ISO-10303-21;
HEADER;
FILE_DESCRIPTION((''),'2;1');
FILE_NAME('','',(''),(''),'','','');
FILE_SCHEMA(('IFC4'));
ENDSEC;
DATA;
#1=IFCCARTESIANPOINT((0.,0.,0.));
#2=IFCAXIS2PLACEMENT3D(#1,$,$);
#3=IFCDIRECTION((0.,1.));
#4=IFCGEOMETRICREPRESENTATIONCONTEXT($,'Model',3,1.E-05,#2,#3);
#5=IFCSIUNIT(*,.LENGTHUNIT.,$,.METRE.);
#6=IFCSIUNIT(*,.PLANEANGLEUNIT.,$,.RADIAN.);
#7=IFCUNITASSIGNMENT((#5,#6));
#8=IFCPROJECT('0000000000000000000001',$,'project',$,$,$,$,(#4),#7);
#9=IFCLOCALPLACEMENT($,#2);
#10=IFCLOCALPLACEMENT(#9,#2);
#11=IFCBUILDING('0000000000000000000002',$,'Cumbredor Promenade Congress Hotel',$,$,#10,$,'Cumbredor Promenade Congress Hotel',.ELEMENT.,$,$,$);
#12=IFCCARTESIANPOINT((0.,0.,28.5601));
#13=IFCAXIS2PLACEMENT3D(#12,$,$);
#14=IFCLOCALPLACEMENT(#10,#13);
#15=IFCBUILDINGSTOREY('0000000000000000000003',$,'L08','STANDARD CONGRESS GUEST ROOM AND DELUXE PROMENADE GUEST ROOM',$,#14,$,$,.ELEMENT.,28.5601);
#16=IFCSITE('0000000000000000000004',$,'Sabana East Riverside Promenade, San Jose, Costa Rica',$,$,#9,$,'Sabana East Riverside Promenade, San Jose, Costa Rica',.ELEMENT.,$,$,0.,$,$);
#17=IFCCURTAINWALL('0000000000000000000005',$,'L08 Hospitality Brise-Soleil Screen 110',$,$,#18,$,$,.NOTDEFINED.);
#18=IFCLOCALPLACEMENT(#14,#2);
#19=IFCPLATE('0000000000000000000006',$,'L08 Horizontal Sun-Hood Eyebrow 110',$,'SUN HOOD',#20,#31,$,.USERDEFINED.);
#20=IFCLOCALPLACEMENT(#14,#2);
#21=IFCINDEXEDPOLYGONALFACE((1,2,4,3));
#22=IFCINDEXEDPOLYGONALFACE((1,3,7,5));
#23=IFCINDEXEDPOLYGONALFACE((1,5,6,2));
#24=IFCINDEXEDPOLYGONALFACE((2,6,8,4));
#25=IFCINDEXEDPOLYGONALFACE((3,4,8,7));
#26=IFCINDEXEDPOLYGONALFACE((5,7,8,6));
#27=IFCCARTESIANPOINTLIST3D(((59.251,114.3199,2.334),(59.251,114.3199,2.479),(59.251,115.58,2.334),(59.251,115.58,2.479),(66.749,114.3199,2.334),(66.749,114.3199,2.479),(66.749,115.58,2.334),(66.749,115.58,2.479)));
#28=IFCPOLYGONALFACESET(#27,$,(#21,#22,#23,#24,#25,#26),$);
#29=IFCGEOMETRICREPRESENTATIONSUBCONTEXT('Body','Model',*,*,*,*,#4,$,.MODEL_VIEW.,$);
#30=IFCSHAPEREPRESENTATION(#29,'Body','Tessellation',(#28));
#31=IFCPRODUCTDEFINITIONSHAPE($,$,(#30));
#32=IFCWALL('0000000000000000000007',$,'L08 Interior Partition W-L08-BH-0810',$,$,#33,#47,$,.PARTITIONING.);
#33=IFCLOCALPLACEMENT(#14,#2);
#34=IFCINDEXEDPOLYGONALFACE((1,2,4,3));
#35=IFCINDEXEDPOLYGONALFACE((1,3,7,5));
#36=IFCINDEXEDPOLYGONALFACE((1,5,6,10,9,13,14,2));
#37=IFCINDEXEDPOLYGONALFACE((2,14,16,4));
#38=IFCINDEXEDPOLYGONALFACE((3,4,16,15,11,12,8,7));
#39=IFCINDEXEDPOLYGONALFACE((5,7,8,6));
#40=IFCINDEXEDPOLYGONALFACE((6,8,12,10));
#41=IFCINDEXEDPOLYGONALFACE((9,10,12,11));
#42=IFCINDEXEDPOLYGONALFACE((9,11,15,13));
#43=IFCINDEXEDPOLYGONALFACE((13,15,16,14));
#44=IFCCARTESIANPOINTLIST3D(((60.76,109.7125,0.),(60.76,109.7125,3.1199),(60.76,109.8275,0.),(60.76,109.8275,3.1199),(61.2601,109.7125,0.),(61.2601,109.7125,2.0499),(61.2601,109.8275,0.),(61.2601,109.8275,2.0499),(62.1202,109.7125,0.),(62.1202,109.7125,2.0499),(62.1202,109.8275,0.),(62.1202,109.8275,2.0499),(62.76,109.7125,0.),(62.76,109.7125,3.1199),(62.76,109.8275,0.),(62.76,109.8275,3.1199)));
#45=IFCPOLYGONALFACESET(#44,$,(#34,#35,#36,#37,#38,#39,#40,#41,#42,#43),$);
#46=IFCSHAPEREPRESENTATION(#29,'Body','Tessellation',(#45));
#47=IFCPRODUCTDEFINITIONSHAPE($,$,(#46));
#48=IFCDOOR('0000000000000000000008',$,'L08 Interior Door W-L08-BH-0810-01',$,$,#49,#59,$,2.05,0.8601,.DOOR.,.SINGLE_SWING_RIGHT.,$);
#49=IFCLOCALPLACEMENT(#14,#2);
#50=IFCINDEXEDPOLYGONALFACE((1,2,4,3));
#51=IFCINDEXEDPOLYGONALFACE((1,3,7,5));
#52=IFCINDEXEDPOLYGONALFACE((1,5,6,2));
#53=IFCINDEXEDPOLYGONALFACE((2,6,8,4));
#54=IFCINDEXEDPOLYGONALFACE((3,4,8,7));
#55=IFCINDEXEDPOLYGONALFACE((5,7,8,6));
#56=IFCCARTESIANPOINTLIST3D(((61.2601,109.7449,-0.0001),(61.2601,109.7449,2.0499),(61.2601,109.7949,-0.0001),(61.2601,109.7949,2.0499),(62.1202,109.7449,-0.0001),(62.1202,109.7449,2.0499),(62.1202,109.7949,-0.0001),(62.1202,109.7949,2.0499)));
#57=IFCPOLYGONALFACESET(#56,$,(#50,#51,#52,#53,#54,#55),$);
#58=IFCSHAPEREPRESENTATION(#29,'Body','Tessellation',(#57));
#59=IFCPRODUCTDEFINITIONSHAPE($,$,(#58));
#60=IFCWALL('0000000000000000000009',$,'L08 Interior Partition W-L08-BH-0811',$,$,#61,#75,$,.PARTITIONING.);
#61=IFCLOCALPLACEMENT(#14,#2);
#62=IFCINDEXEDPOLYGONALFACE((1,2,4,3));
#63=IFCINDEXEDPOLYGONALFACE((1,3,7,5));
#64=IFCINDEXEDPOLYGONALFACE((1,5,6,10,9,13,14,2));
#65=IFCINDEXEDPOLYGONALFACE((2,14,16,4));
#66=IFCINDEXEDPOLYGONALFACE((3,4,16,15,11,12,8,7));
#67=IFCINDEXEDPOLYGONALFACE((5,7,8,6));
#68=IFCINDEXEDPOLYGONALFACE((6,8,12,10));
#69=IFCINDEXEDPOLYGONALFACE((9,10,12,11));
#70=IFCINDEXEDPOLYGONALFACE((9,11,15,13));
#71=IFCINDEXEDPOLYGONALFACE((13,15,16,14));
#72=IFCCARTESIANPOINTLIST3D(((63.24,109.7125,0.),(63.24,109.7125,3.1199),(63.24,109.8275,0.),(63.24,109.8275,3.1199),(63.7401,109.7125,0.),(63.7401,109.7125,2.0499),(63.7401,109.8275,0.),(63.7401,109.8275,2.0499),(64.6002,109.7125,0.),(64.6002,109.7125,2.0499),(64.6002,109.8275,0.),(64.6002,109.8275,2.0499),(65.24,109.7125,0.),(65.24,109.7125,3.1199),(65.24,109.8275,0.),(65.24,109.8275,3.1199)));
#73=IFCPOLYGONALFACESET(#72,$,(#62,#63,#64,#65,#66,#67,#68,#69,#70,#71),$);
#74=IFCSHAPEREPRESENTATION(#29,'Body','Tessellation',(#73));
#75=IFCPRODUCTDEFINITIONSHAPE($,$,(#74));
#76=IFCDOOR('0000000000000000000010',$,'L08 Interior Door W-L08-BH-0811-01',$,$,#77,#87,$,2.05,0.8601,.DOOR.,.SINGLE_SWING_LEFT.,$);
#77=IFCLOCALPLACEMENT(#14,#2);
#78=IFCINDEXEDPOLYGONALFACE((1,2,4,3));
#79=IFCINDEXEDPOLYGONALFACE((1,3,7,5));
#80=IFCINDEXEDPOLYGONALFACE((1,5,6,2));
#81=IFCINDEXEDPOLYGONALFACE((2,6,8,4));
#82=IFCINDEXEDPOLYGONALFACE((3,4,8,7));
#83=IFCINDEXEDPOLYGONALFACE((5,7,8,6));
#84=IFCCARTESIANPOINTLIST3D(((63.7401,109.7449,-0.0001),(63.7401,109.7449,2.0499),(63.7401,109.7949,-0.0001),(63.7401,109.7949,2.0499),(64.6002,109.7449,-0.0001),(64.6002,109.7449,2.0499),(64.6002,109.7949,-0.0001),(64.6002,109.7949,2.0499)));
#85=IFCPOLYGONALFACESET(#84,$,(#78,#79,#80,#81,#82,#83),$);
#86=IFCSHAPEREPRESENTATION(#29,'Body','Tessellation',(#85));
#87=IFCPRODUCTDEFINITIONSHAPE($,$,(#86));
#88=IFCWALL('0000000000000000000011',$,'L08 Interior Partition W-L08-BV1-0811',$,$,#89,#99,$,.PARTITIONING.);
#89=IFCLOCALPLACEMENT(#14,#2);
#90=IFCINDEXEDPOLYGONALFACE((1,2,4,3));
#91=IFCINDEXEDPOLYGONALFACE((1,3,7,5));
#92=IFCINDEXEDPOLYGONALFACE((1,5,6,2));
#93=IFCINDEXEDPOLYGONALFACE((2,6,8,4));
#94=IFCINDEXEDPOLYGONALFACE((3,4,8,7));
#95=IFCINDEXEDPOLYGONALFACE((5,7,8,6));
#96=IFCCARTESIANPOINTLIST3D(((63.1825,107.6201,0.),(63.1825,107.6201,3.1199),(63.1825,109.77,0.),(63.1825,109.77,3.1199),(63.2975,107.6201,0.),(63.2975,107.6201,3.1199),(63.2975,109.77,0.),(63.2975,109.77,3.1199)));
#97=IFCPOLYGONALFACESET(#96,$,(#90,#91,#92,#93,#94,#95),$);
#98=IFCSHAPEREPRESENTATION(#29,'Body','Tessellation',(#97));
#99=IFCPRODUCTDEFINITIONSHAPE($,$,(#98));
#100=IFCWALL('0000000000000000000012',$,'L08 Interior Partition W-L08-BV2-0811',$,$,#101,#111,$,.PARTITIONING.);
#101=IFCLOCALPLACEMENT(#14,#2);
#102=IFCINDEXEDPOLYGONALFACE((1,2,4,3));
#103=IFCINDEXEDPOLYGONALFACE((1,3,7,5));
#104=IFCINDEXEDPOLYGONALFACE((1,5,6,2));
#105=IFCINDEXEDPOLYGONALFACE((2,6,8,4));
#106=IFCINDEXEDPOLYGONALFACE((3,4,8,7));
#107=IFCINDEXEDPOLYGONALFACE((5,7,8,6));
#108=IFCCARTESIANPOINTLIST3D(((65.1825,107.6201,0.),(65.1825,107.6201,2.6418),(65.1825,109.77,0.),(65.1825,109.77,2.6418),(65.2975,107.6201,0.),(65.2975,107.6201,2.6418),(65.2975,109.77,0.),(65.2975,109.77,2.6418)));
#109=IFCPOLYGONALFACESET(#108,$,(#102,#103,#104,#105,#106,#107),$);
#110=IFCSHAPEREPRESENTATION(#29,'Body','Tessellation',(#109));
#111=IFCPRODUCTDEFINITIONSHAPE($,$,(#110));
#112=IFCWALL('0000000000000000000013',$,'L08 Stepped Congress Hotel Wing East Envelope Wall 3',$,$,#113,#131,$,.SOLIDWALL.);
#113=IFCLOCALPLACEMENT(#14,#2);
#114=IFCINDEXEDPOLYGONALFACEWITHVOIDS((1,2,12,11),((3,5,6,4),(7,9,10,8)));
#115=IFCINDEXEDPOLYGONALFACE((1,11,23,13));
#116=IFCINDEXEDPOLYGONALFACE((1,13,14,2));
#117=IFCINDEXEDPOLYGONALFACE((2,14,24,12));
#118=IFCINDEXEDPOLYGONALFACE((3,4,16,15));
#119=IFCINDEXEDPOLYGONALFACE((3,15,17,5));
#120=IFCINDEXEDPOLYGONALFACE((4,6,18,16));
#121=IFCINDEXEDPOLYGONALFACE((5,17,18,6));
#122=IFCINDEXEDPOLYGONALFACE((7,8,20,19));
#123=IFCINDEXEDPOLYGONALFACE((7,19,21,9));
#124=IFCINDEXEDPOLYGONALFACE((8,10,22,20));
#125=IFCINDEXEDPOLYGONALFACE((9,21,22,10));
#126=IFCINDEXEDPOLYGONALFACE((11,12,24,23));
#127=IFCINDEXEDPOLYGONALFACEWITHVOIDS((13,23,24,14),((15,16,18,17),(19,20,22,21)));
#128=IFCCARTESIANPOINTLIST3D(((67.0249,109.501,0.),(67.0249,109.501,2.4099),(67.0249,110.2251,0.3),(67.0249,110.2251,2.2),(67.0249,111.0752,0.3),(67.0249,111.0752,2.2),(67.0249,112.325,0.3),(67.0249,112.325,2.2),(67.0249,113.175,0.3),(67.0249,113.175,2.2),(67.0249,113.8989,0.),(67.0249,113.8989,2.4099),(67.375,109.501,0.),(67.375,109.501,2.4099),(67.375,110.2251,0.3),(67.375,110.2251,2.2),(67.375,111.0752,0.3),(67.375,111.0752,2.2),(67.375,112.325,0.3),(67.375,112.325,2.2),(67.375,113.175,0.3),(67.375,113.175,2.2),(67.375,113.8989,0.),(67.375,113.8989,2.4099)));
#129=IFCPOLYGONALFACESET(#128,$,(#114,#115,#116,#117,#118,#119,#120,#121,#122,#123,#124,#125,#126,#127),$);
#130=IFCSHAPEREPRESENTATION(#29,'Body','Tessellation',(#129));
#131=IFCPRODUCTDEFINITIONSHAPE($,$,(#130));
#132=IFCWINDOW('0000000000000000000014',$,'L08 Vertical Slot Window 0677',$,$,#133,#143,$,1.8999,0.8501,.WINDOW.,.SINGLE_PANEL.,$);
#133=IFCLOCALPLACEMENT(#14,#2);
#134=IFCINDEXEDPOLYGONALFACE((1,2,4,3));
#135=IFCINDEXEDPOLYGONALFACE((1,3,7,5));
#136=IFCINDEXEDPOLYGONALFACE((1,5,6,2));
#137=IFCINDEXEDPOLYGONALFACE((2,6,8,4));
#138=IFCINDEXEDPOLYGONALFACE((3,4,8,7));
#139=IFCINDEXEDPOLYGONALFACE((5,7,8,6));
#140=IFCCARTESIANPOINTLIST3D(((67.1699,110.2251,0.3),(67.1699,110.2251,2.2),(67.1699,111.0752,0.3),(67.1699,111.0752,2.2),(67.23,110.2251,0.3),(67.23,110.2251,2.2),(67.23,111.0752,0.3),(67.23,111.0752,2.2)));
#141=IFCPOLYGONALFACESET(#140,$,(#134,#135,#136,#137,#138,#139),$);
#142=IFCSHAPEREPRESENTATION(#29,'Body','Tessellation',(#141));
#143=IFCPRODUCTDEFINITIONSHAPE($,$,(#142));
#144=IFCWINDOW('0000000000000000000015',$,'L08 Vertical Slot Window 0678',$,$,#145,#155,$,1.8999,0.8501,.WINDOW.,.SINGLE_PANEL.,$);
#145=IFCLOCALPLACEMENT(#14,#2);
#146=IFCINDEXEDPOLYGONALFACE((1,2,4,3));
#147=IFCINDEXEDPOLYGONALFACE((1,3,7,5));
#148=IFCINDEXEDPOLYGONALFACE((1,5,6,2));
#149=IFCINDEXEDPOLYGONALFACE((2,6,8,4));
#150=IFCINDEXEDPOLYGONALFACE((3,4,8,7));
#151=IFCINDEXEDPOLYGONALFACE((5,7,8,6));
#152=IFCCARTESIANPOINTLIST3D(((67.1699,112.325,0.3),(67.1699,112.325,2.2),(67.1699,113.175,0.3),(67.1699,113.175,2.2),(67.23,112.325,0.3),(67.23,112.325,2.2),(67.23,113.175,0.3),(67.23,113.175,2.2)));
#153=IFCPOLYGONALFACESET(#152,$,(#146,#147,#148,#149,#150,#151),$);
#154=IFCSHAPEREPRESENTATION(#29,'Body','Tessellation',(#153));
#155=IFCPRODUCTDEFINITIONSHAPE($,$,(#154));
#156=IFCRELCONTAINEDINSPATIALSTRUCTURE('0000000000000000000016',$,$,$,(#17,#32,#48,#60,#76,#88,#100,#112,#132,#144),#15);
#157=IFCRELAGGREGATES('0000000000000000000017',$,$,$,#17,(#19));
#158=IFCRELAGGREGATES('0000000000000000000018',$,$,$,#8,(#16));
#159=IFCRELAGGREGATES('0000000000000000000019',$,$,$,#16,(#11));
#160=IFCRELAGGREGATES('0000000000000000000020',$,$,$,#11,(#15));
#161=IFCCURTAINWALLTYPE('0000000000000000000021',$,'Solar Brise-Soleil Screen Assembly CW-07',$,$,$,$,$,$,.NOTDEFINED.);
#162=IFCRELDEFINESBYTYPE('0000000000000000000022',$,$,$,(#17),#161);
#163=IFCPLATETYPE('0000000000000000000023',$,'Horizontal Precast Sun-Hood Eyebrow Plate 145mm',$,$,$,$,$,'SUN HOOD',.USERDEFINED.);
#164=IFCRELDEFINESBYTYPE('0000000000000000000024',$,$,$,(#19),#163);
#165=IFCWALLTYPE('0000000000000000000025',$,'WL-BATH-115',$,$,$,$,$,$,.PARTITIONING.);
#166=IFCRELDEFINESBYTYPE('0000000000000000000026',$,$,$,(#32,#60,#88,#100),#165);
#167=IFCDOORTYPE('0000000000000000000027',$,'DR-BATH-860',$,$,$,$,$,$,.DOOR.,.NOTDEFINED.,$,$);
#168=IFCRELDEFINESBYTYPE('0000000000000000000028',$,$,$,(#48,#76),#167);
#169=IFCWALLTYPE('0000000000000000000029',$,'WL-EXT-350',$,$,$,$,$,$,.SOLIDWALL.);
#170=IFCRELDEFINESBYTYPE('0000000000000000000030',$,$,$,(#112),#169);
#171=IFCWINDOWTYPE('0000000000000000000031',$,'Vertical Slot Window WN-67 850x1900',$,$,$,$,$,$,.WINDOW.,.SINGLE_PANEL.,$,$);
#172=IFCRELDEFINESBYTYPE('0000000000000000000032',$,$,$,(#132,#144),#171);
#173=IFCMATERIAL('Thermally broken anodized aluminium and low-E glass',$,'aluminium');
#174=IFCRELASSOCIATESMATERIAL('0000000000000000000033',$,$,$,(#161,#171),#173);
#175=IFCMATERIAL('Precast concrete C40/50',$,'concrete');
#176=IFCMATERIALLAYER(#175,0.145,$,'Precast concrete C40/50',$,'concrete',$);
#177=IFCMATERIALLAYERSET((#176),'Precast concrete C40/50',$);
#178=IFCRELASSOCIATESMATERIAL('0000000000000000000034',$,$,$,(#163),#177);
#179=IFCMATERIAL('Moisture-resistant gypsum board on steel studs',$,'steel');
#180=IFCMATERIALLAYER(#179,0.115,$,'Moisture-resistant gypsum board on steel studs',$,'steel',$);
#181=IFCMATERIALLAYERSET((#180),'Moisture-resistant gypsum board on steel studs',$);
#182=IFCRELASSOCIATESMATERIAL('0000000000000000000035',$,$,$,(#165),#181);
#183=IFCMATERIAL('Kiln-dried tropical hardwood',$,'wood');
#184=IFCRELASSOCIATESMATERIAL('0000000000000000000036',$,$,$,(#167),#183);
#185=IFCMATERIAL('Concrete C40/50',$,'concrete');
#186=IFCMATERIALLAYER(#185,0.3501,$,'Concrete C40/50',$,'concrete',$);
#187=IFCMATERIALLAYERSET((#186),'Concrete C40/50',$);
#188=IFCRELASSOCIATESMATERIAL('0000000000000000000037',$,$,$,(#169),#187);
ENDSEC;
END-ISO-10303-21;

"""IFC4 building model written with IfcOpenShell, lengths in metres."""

from ifc_helpers import new_model, si_unit, direction, frame, frame_2d, origin, origin_2d, place, context, subcontext, project, spatial, rectangle, extrude, material, layer, layer_set, type_object, element, fill, aggregate, save


model = new_model("IFC4")

# Units and contexts
model_context = context("Model", 3, precision=1e-05, world=origin(), true_north=direction((0.0, 1.0)))
body_context = subcontext(model_context, "Body", "Model", "MODEL_VIEW")
ifc_project = project(units=[si_unit("LENGTHUNIT", "METRE"), si_unit("PLANEANGLEUNIT", "RADIAN")], contexts=[model_context])

# Site, building, storey
site_placement = place(None, origin())
site = spatial("IfcSite", under=ifc_project, at=site_placement, Name="Sabana East Riverside Promenade, San Jose, Costa Rica", LongName="Sabana East Riverside Promenade, San Jose, Costa Rica", CompositionType="ELEMENT", RefElevation=0.0)
building_placement = place(site_placement, origin())
building = spatial("IfcBuilding", under=site, at=building_placement, Name="Cumbredor Promenade Congress Hotel", LongName="Cumbredor Promenade Congress Hotel", CompositionType="ELEMENT")
storey_placement = place(building_placement, frame((0.0, 0.0, 28.5601)))
storey = spatial("IfcBuildingStorey", under=building, at=storey_placement, Name="L08", Description="STANDARD CONGRESS GUEST ROOM AND DELUXE PROMENADE GUEST ROOM", CompositionType="ELEMENT", Elevation=28.5601)

# Shared definitions
ifc_material_1 = material(Name="Concrete C40/50", Category="concrete")

# Shared definitions
ifc_material_2 = material(Name="Thermally broken anodized aluminium and low-E glass", Category="aluminium")
curtain_wall_type = type_object("IfcCurtainWallType", Name="Solar Brise-Soleil Screen Assembly CW-07", PredefinedType="NOTDEFINED", material=ifc_material_2)

# Curtain wall
curtain_wall_1_placement = place(storey_placement, origin())
curtain_wall_1 = element("IfcCurtainWall", 1, at=curtain_wall_1_placement, inside=storey, type_object=curtain_wall_type, Name="L08 Hospitality Brise-Soleil Screen 110", PredefinedType="NOTDEFINED")

# Shared definitions
ifc_material_3 = material(Name="Kiln-dried tropical hardwood", Category="wood")

# Plate
ifc_material_4 = material(Name="Precast concrete C40/50", Category="concrete")
ifc_layer_1 = layer(ifc_material_4, 0.145, Name="Precast concrete C40/50", Category="concrete")
ifc_layer_set_1 = layer_set([ifc_layer_1], Name="Precast concrete C40/50")
plate_type = type_object("IfcPlateType", Name="Horizontal Precast Sun-Hood Eyebrow Plate 145mm", ElementType="SUN HOOD", PredefinedType="USERDEFINED", material=ifc_layer_set_1)
plate_placement = place(storey_placement, frame((63.0, 114.95, 2.334), z_axis=(0.0, 0.0, 1.0), x_axis=(1.0, 0.0, 0.0)))
plate = element("IfcPlate", 2, at=plate_placement, type_object=plate_type, Name="L08 Horizontal Sun-Hood Eyebrow 110", ObjectType="SUN HOOD", PredefinedType="USERDEFINED", context=body_context, shape_type="SweptSolid", body=[
    extrude(rectangle(XDim=7.498, YDim=1.26, at=origin_2d()), origin(), (0.0, 0.0, 1.0), 0.145),
])
aggregate(curtain_wall_1, [plate])

# Walls, openings, doors
ifc_material_5 = material(Name="Moisture-resistant gypsum board on steel studs", Category="steel")
ifc_layer_2 = layer(ifc_material_5, 0.115, Name="Moisture-resistant gypsum board on steel studs", Category="steel")
ifc_layer_set_2 = layer_set([ifc_layer_2], Name="Moisture-resistant gypsum board on steel studs")
wall_type_1 = type_object("IfcWallType", Name="WL-BATH-115", PredefinedType="PARTITIONING", material=ifc_layer_set_2)
wall_1_placement = place(storey_placement, frame((60.76, 109.77, 0.0), z_axis=(0.0, 0.0, 1.0), x_axis=(1.0, 0.0, 0.0)))
wall_1 = element("IfcWall", 3, at=wall_1_placement, inside=storey, type_object=wall_type_1, Name="L08 Interior Partition W-L08-BH-0810", PredefinedType="PARTITIONING", context=body_context, shape_type="SweptSolid", body=[
    extrude(rectangle(XDim=2.0, YDim=0.115, at=frame_2d((1.0, 0.0))), origin(), (0.0, 0.0, 1.0), 3.1199),
])
opening_1_placement = place(wall_1_placement, frame((0.5, 0.0, 0.0)))
opening_1 = element("IfcOpeningElement", 4, at=opening_1_placement, cuts=wall_1, PredefinedType="OPENING", context=body_context, shape_type="SweptSolid", body=[
    extrude(rectangle(XDim=0.8601, YDim=2.05, at=frame_2d((0.4302, 1.0249))), frame((0.0, 0.0674, 0.0), z_axis=(0.0, -1.0, 0.0), x_axis=(1.0, 0.0, 0.0)), (0.0, 0.0, 1.0), 0.135),
])
door_type = type_object("IfcDoorType", Name="DR-BATH-860", OperationType="NOTDEFINED", PredefinedType="DOOR", material=ifc_material_3)
door_1_placement = place(opening_1_placement, origin())
door_1 = element("IfcDoor", 5, at=door_1_placement, inside=storey, type_object=door_type, Name="L08 Interior Door W-L08-BH-0810-01", OperationType="SINGLE_SWING_RIGHT", OverallHeight=2.05, OverallWidth=0.8601, PredefinedType="DOOR", context=body_context, shape_type="SweptSolid", body=[
    extrude(rectangle(XDim=0.8601, YDim=2.05, at=frame_2d((0.4302, 1.0249))), frame((0.0, 0.0249, 0.0), z_axis=(0.0, -1.0, 0.0), x_axis=(1.0, 0.0, 0.0)), (0.0, 0.0, 1.0), 0.05),
])
fill(opening_1, door_1)
wall_2_placement = place(storey_placement, frame((63.24, 109.77, 0.0), z_axis=(0.0, 0.0, 1.0), x_axis=(1.0, 0.0, 0.0)))
wall_2 = element("IfcWall", 6, at=wall_2_placement, inside=storey, type_object=wall_type_1, Name="L08 Interior Partition W-L08-BH-0811", PredefinedType="PARTITIONING", context=body_context, shape_type="SweptSolid", body=[
    extrude(rectangle(XDim=2.0, YDim=0.115, at=frame_2d((1.0, 0.0))), origin(), (0.0, 0.0, 1.0), 3.1199),
])
opening_2_placement = place(wall_2_placement, frame((0.5, 0.0, 0.0)))
opening_2 = element("IfcOpeningElement", 7, at=opening_2_placement, cuts=wall_2, PredefinedType="OPENING", context=body_context, shape_type="SweptSolid", body=[
    extrude(rectangle(XDim=0.8601, YDim=2.05, at=frame_2d((0.4302, 1.0249))), frame((0.0, 0.0674, 0.0), z_axis=(0.0, -1.0, 0.0), x_axis=(1.0, 0.0, 0.0)), (0.0, 0.0, 1.0), 0.135),
])
door_2_placement = place(opening_2_placement, origin())
door_2 = element("IfcDoor", 8, at=door_2_placement, inside=storey, type_object=door_type, Name="L08 Interior Door W-L08-BH-0811-01", OperationType="SINGLE_SWING_LEFT", OverallHeight=2.05, OverallWidth=0.8601, PredefinedType="DOOR", context=body_context, shape_type="SweptSolid", body=[
    extrude(rectangle(XDim=0.8601, YDim=2.05, at=frame_2d((0.4302, 1.0249))), frame((0.0, 0.0249, 0.0), z_axis=(0.0, -1.0, 0.0), x_axis=(1.0, 0.0, 0.0)), (0.0, 0.0, 1.0), 0.05),
])
fill(opening_2, door_2)

# Walls
wall_3_placement = place(storey_placement, frame((63.24, 107.6201, 0.0), z_axis=(0.0, 0.0, 1.0), x_axis=(0.0, 1.0, 0.0)))
element("IfcWall", 9, at=wall_3_placement, inside=storey, type_object=wall_type_1, Name="L08 Interior Partition W-L08-BV1-0811", PredefinedType="PARTITIONING", context=body_context, shape_type="SweptSolid", body=[
    extrude(rectangle(XDim=2.1499, YDim=0.115, at=frame_2d((1.075, 0.0))), origin(), (0.0, 0.0, 1.0), 3.1199),
])
wall_4_placement = place(storey_placement, frame((65.24, 107.6201, 0.0), z_axis=(0.0, 0.0, 1.0), x_axis=(0.0, 1.0, 0.0)))
element("IfcWall", 10, at=wall_4_placement, inside=storey, type_object=wall_type_1, Name="L08 Interior Partition W-L08-BV2-0811", PredefinedType="PARTITIONING", context=body_context, shape_type="SweptSolid", body=[
    extrude(rectangle(XDim=2.1499, YDim=0.115, at=frame_2d((1.075, 0.0))), origin(), (0.0, 0.0, 1.0), 2.6418),
])

# Wall, openings, windows
ifc_layer_3 = layer(ifc_material_1, 0.3501, Name="Concrete C40/50", Category="concrete")
ifc_layer_set_3 = layer_set([ifc_layer_3], Name="Concrete C40/50")
wall_type_2 = type_object("IfcWallType", Name="WL-EXT-350", PredefinedType="SOLIDWALL", material=ifc_layer_set_3)
wall_5_placement = place(storey_placement, frame((67.2, 109.501, 0.0), z_axis=(0.0, 0.0, 1.0), x_axis=(0.0, 1.0, 0.0)))
wall_5 = element("IfcWall", 11, at=wall_5_placement, inside=storey, type_object=wall_type_2, Name="L08 Stepped Congress Hotel Wing East Envelope Wall 3", PredefinedType="SOLIDWALL", context=body_context, shape_type="SweptSolid", body=[
    extrude(rectangle(XDim=4.3979, YDim=0.3501, at=frame_2d((2.199, 0.0))), origin(), (0.0, 0.0, 1.0), 2.4099),
])
opening_3_placement = place(wall_5_placement, frame((0.7241, 0.0, 0.3)))
opening_3 = element("IfcOpeningElement", 12, at=opening_3_placement, cuts=wall_5, PredefinedType="OPENING", context=body_context, shape_type="SweptSolid", body=[
    extrude(rectangle(XDim=0.8501, YDim=1.8999, at=frame_2d((0.425, 0.95))), frame((0.0, 0.1851, 0.0), z_axis=(0.0, -1.0, 0.0), x_axis=(1.0, 0.0, 0.0)), (0.0, 0.0, 1.0), 0.3701),
])
opening_4_placement = place(wall_5_placement, frame((2.824, 0.0, 0.3)))
opening_4 = element("IfcOpeningElement", 13, at=opening_4_placement, cuts=wall_5, PredefinedType="OPENING", context=body_context, shape_type="SweptSolid", body=[
    extrude(rectangle(XDim=0.8501, YDim=1.8999, at=frame_2d((0.425, 0.95))), frame((0.0, 0.1851, 0.0), z_axis=(0.0, -1.0, 0.0), x_axis=(1.0, 0.0, 0.0)), (0.0, 0.0, 1.0), 0.3701),
])
window_type = type_object("IfcWindowType", Name="Vertical Slot Window WN-67 850x1900", PartitioningType="SINGLE_PANEL", PredefinedType="WINDOW", material=ifc_material_2)
window_1_placement = place(opening_3_placement, origin())
window_1 = element("IfcWindow", 14, at=window_1_placement, inside=storey, type_object=window_type, Name="L08 Vertical Slot Window 0677", OverallHeight=1.8999, OverallWidth=0.8501, PartitioningType="SINGLE_PANEL", PredefinedType="WINDOW", context=body_context, shape_type="SweptSolid", body=[
    extrude(rectangle(XDim=0.8501, YDim=1.8999, at=frame_2d((0.425, 0.95))), frame((0.0, 0.03, 0.0), z_axis=(0.0, -1.0, 0.0), x_axis=(1.0, 0.0, 0.0)), (0.0, 0.0, 1.0), 0.0601),
])
fill(opening_3, window_1)
window_2_placement = place(opening_4_placement, origin())
window_2 = element("IfcWindow", 15, at=window_2_placement, inside=storey, type_object=window_type, Name="L08 Vertical Slot Window 0678", OverallHeight=1.8999, OverallWidth=0.8501, PartitioningType="SINGLE_PANEL", PredefinedType="WINDOW", context=body_context, shape_type="SweptSolid", body=[
    extrude(rectangle(XDim=0.8501, YDim=1.8999, at=frame_2d((0.425, 0.95))), frame((0.0, 0.03, 0.0), z_axis=(0.0, -1.0, 0.0), x_axis=(1.0, 0.0, 0.0)), (0.0, 0.0, 1.0), 0.0601),
])
fill(opening_4, window_2)

save(model, "model.ifc")
